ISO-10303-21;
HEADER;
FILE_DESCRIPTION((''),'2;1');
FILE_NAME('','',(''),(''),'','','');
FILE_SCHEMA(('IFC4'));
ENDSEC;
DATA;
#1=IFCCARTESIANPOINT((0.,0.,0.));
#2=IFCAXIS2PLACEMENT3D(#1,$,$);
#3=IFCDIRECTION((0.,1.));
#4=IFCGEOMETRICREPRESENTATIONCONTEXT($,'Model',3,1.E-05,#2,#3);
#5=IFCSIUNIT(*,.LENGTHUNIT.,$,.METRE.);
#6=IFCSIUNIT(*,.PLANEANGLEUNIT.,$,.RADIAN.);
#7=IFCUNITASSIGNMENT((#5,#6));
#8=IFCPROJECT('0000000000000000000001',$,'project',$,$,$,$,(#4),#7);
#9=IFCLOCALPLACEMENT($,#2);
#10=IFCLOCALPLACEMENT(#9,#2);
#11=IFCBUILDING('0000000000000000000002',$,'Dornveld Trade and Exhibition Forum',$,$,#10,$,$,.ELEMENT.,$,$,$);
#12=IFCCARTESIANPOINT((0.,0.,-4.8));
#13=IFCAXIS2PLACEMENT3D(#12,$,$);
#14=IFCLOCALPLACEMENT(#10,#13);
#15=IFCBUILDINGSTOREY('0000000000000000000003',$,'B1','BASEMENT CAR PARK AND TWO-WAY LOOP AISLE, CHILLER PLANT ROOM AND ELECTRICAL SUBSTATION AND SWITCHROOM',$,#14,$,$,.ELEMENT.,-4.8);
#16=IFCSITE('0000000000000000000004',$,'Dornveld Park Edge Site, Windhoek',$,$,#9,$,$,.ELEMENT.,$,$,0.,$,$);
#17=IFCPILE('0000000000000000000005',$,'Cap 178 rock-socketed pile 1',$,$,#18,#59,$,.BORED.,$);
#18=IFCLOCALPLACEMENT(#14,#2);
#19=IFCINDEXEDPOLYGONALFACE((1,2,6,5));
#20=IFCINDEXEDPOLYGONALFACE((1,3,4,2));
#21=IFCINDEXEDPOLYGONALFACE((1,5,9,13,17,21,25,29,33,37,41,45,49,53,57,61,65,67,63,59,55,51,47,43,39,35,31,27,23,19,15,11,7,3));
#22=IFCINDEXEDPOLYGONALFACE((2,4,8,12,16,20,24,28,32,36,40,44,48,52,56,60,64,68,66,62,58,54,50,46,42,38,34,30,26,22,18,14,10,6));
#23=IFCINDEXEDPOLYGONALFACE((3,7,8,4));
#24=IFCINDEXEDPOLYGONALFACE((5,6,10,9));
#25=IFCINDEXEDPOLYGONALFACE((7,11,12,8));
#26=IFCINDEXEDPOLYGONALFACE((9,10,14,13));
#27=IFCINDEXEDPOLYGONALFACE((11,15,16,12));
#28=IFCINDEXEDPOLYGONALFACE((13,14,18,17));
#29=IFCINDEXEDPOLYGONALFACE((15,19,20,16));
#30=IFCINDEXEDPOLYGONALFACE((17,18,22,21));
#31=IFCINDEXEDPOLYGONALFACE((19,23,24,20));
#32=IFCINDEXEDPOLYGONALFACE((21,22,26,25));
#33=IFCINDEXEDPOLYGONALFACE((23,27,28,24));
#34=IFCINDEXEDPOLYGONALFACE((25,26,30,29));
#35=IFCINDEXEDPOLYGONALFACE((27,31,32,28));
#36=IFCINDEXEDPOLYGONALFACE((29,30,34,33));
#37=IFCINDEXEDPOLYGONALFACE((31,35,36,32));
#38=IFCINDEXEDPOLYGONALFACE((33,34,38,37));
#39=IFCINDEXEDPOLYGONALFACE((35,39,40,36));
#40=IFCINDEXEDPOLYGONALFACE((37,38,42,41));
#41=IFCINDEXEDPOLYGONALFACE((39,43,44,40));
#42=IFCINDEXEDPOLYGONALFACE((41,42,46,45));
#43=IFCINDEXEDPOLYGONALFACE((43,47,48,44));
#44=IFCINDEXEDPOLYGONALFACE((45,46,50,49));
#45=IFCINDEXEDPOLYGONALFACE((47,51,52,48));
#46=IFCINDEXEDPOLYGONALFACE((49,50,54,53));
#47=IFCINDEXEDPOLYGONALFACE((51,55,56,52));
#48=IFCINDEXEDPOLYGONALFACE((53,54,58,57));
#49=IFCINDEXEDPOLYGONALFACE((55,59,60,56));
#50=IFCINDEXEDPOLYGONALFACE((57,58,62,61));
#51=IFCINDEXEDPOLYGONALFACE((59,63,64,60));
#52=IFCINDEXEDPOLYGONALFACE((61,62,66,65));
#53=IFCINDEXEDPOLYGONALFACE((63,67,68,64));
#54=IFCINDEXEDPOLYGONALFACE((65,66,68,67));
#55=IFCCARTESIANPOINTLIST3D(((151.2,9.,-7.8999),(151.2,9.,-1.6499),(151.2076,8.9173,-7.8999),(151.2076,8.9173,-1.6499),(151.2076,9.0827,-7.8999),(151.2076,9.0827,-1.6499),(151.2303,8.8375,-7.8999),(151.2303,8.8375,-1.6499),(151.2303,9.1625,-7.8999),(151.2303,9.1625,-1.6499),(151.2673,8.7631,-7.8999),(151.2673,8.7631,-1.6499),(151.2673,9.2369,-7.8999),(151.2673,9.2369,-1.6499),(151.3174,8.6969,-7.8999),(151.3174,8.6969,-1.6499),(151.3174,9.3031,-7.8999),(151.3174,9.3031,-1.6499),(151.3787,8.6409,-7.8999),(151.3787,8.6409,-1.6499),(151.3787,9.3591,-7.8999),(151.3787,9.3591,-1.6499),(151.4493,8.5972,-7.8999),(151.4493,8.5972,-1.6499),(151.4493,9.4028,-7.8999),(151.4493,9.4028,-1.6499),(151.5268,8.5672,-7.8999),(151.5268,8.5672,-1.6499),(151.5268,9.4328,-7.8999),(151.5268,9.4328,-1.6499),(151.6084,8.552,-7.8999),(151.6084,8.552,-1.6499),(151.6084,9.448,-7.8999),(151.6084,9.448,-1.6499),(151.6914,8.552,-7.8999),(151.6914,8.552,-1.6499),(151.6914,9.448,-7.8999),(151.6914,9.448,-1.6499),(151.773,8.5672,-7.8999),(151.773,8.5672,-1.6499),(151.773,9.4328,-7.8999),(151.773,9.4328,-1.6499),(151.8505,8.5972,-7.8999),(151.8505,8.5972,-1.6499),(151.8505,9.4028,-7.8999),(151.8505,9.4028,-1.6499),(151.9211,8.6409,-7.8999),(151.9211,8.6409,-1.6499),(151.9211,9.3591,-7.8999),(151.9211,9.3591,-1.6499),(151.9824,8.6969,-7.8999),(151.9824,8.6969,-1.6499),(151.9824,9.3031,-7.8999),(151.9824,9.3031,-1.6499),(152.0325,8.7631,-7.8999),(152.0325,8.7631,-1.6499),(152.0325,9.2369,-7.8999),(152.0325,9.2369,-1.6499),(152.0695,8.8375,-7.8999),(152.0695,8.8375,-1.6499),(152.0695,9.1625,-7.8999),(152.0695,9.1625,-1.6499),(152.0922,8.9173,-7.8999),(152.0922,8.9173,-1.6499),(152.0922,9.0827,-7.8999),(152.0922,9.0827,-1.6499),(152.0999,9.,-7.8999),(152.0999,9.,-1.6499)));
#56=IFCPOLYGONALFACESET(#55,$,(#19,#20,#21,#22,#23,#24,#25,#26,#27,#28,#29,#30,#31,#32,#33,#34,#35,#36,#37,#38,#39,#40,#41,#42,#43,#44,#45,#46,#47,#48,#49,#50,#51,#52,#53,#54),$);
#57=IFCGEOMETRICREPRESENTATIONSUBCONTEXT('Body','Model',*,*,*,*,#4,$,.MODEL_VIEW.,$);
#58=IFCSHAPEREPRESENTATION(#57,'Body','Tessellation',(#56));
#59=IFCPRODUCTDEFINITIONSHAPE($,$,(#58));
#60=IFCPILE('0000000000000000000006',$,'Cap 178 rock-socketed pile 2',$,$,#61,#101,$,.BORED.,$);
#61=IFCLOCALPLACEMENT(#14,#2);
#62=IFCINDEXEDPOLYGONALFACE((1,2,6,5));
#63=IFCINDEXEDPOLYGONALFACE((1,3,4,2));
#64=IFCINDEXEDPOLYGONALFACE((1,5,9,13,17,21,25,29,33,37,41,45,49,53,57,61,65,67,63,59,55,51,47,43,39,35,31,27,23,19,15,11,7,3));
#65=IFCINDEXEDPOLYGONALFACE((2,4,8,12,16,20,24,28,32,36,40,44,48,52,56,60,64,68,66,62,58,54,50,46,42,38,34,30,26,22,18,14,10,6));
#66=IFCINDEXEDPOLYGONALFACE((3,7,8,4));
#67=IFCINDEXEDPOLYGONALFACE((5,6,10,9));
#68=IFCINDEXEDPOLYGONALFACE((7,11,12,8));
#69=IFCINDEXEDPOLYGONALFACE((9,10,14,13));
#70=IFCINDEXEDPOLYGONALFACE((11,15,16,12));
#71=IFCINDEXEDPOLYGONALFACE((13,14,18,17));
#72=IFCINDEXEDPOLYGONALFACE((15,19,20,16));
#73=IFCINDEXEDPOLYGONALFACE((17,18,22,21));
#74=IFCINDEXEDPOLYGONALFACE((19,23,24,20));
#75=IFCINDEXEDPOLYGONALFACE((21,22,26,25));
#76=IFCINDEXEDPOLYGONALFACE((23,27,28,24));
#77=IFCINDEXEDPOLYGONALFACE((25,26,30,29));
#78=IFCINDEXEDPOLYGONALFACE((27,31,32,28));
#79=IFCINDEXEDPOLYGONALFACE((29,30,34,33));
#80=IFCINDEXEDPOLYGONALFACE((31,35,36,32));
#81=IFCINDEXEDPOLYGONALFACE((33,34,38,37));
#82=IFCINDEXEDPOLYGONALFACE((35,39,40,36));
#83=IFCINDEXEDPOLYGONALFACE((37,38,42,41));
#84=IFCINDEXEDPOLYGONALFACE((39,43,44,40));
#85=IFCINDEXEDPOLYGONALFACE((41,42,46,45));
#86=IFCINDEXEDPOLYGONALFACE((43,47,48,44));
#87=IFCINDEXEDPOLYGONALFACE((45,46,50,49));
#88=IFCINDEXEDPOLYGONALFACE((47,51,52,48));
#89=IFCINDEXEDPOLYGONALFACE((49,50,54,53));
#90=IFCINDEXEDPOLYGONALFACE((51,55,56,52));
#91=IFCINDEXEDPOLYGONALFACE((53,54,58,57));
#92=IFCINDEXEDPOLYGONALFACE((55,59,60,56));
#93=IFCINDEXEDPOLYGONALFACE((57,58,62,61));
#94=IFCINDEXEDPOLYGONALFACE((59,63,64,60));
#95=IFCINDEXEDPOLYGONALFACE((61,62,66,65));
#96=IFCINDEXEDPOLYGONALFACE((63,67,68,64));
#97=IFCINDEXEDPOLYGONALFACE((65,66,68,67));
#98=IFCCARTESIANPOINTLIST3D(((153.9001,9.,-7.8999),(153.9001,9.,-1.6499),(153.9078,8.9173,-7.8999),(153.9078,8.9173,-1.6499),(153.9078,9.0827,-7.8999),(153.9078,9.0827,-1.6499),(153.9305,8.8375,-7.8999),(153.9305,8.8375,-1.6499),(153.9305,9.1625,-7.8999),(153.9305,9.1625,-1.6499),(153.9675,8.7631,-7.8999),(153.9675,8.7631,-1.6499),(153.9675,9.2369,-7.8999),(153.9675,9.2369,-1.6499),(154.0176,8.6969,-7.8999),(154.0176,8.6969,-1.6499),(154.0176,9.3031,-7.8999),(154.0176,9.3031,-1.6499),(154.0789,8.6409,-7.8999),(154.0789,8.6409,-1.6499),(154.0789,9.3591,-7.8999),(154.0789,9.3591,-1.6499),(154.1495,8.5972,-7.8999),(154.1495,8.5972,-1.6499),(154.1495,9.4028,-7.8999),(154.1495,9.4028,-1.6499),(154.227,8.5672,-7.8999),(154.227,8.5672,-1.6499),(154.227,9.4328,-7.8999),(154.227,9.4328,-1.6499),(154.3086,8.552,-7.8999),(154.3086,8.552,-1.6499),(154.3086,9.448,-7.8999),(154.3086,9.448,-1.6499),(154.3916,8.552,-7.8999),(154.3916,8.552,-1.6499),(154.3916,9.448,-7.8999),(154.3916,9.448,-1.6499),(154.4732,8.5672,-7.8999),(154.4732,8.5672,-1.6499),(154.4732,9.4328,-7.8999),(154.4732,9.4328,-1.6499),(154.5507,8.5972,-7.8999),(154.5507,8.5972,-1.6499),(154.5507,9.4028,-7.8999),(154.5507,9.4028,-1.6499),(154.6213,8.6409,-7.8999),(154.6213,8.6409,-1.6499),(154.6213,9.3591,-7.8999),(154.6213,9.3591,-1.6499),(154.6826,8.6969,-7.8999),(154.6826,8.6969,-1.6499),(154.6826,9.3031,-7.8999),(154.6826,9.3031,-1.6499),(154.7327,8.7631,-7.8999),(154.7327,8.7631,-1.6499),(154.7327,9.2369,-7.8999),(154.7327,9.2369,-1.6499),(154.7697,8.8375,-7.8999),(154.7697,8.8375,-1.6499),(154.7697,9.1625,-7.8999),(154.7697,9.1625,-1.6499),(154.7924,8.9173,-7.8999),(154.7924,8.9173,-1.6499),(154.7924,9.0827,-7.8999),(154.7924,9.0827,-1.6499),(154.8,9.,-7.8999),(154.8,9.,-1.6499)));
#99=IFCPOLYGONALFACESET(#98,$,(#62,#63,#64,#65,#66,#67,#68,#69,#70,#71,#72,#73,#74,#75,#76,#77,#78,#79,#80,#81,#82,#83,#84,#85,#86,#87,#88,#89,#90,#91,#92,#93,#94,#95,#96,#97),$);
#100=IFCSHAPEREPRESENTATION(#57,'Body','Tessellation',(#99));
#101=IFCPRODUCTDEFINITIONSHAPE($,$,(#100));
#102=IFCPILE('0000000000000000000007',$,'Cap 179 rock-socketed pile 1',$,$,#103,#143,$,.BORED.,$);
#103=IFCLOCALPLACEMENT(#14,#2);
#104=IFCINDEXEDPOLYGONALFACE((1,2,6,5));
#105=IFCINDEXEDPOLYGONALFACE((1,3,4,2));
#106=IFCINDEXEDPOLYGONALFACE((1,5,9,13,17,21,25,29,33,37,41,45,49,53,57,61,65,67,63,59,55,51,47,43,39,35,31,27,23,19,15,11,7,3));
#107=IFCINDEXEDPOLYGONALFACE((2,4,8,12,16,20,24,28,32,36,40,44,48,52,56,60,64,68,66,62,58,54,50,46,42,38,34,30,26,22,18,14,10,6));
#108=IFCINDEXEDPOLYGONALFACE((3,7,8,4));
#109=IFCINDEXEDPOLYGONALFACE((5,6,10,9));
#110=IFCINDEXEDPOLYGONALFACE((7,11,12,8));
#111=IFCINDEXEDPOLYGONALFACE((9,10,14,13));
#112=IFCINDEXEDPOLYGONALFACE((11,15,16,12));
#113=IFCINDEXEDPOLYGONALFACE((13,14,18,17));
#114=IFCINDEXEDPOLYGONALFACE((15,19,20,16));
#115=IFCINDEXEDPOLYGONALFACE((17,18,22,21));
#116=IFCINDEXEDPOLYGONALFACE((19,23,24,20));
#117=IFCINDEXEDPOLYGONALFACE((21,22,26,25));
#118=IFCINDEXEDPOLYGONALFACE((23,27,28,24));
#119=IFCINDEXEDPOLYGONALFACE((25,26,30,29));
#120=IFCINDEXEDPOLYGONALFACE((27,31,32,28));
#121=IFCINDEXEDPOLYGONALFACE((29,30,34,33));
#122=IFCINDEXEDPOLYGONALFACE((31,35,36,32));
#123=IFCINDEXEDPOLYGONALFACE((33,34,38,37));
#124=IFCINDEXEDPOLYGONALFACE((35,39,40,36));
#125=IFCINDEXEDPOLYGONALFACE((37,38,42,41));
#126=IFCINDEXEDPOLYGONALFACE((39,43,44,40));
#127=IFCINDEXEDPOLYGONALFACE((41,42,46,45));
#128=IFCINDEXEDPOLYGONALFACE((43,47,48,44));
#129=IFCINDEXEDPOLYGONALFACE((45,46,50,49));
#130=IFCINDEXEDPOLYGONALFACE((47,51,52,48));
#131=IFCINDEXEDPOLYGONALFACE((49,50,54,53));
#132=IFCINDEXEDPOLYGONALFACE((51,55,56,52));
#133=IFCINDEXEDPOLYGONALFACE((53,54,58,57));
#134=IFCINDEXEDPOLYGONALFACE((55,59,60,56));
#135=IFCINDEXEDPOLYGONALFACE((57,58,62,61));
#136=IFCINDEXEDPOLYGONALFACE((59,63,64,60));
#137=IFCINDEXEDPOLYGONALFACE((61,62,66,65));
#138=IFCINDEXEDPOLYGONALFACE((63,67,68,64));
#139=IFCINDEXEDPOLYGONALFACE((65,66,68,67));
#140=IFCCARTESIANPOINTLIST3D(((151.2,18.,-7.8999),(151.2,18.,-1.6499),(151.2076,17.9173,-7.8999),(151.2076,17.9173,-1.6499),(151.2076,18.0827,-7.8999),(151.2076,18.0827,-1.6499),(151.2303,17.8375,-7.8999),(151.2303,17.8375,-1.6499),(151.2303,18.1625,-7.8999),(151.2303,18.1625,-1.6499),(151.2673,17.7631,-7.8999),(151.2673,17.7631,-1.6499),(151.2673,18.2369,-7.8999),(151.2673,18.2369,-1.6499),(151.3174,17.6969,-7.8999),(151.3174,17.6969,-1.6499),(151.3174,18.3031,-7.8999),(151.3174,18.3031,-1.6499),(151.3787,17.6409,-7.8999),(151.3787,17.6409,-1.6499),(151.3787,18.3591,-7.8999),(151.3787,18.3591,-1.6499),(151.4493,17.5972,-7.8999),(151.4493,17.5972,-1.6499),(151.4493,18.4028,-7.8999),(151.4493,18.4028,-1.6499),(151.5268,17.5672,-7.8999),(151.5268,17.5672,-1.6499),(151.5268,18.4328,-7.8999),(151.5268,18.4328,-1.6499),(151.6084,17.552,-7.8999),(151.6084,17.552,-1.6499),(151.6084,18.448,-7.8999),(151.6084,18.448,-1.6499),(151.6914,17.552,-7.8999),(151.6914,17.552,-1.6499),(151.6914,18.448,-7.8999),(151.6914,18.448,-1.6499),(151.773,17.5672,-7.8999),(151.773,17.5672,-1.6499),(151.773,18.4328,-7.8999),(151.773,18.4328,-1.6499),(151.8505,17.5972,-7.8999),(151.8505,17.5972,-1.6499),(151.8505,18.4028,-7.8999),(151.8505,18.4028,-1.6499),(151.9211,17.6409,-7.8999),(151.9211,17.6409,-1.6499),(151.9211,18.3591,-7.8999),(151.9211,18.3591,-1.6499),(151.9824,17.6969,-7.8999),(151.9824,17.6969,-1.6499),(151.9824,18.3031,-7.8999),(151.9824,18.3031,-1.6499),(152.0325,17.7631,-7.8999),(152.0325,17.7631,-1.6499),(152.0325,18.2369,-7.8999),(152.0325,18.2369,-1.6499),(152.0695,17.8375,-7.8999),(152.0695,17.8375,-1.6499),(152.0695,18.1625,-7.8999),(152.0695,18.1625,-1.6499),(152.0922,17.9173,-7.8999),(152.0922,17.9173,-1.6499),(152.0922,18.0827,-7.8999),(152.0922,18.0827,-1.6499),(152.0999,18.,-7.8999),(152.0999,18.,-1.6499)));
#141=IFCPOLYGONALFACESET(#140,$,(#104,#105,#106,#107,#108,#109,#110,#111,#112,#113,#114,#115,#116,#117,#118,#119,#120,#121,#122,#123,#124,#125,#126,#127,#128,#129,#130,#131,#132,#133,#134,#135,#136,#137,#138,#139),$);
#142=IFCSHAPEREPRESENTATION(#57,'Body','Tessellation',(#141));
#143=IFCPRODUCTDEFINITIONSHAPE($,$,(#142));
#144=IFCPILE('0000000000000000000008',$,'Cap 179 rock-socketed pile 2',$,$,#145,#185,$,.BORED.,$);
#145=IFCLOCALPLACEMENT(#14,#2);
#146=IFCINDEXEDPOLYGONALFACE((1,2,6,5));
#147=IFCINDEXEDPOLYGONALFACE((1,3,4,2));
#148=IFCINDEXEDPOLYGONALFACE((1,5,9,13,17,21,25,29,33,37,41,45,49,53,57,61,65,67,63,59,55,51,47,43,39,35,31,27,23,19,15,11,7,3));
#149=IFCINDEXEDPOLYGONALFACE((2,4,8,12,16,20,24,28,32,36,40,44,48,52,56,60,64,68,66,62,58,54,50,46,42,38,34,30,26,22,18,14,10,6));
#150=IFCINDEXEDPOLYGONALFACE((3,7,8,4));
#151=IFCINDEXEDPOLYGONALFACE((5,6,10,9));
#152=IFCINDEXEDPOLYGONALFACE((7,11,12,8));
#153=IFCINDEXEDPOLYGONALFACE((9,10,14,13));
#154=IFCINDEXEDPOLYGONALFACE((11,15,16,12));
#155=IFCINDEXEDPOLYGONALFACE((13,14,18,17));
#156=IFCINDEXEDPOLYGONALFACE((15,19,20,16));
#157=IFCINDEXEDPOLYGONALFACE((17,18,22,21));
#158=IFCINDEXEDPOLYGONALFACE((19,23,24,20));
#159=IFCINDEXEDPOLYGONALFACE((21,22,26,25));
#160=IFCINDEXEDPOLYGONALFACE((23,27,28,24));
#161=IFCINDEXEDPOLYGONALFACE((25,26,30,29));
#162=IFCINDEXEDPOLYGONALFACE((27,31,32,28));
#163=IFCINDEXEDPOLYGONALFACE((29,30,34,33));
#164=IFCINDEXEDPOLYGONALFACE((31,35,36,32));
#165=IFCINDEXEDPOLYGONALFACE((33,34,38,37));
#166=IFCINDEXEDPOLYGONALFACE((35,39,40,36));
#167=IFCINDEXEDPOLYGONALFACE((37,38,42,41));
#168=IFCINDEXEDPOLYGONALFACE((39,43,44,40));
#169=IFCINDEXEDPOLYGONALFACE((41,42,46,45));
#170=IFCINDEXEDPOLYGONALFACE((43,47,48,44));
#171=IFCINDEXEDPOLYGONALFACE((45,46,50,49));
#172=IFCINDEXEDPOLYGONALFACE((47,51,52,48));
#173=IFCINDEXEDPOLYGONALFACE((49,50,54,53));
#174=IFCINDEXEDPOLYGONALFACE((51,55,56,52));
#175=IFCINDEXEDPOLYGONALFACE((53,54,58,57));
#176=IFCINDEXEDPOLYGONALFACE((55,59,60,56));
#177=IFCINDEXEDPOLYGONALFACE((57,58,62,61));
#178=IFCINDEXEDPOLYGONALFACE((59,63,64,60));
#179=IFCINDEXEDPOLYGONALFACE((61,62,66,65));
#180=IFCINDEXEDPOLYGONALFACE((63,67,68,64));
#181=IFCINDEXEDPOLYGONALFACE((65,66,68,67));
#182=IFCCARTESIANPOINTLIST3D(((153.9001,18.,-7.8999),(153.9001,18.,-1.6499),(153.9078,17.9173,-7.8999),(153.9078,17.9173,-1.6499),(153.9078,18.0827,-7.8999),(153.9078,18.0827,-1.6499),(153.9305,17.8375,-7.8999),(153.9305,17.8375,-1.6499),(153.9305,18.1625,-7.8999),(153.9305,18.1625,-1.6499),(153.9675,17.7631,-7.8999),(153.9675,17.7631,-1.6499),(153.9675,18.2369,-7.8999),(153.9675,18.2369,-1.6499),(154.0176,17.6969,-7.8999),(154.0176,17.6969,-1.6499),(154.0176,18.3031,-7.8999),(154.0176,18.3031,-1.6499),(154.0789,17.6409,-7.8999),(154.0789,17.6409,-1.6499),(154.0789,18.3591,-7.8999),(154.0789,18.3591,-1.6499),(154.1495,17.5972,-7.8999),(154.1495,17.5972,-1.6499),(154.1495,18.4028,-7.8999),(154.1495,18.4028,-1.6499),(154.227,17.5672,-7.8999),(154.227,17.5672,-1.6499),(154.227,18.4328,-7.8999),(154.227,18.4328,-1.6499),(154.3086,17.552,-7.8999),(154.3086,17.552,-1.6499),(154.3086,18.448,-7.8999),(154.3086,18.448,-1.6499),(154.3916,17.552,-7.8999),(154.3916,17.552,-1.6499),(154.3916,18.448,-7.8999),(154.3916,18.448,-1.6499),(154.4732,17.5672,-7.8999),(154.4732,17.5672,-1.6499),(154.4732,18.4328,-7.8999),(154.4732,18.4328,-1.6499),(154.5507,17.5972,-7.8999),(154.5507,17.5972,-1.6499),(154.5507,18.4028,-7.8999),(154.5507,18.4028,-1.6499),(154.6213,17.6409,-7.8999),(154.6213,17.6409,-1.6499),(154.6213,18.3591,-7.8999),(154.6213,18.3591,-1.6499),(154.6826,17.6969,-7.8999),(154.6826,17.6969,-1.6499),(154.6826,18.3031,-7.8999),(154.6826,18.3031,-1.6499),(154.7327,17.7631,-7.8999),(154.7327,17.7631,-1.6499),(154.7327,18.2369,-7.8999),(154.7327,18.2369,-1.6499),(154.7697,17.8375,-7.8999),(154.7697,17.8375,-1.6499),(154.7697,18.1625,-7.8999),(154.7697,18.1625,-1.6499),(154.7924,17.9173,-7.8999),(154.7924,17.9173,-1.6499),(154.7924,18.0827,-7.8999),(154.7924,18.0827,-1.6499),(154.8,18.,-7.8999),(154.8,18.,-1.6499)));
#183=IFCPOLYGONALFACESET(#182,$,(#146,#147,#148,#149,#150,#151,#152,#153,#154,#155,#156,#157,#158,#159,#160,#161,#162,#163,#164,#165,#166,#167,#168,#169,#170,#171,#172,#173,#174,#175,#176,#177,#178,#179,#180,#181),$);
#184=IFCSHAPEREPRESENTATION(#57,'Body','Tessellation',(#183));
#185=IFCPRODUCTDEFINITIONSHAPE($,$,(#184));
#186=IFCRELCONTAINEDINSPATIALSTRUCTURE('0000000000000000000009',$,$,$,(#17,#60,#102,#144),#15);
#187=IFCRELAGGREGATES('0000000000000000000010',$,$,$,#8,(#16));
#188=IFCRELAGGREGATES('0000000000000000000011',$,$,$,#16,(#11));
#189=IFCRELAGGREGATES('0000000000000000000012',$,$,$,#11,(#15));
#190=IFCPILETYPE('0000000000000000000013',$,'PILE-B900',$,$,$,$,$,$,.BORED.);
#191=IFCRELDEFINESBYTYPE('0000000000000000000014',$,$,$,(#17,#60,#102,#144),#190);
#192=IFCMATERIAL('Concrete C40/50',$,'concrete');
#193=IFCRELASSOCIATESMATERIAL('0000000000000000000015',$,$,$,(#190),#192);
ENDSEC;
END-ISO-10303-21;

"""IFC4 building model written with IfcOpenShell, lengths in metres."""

from ifc_helpers import new_model, si_unit, direction, frame, origin, origin_2d, place, context, subcontext, project, spatial, circle, extrude, material, material_profile, profile_set, type_object, element, save


model = new_model("IFC4")

# Units and contexts
model_context = context("Model", 3, precision=1e-05, world=origin(), true_north=direction((0.0, 1.0)))
body_context = subcontext(model_context, "Body", "Model", "MODEL_VIEW")
ifc_project = project(units=[si_unit("LENGTHUNIT", "METRE"), si_unit("PLANEANGLEUNIT", "RADIAN")], contexts=[model_context])

# Site, building, storey
site_placement = place(None, origin())
site = spatial("IfcSite", under=ifc_project, at=site_placement, Name="Dornveld Park Edge Site, Windhoek", CompositionType="ELEMENT", RefElevation=0.0)
building_placement = place(site_placement, origin())
building = spatial("IfcBuilding", under=site, at=building_placement, Name="Dornveld Trade and Exhibition Forum", CompositionType="ELEMENT")
storey_placement = place(building_placement, frame((0.0, 0.0, -4.8)))
storey = spatial("IfcBuildingStorey", under=building, at=storey_placement, Name="B1", Description="BASEMENT CAR PARK AND TWO-WAY LOOP AISLE, CHILLER PLANT ROOM AND ELECTRICAL SUBSTATION AND SWITCHROOM", CompositionType="ELEMENT", Elevation=-4.8)

# Piles
ifc_material_1 = material(Name="Concrete C40/50", Category="concrete")
ifc_material_profile_1 = material_profile(ifc_material_1, circle(Radius=0.45, at=origin_2d()), Name="PILE D900")
ifc_profile_set_1 = profile_set([ifc_material_profile_1], Name="Concrete C40/50")
pile_type = type_object("IfcPileType", Name="PILE-B900", PredefinedType="BORED", material=ifc_profile_set_1)
for number, where, z_axis, x_axis, name in (
    (1, (151.6499, 9.0, -1.6499), (0.0, 0.0, -1.0), (1.0, 0.0, 0.0), "Cap 178 rock-socketed pile 1"),
    (2, (154.3501, 9.0, -1.6499), (0.0, 0.0, -1.0), (1.0, 0.0, 0.0), "Cap 178 rock-socketed pile 2"),
    (3, (151.6499, 18.0, -1.6499), (0.0, 0.0, -1.0), (1.0, 0.0, 0.0), "Cap 179 rock-socketed pile 1"),
    (4, (154.3501, 18.0, -1.6499), (0.0, 0.0, -1.0), (1.0, 0.0, 0.0), "Cap 179 rock-socketed pile 2"),
):
    element("IfcPile", number, at=place(storey_placement, frame(where, z_axis=z_axis, x_axis=x_axis)), inside=storey, type_object=pile_type, Name=name, PredefinedType="BORED", context=body_context, shape_type="SweptSolid", body=[
        extrude(circle(Radius=0.45, at=origin_2d()), origin(), (0.0, 0.0, 1.0), 6.25),
    ])

save(model, "model.ifc")
